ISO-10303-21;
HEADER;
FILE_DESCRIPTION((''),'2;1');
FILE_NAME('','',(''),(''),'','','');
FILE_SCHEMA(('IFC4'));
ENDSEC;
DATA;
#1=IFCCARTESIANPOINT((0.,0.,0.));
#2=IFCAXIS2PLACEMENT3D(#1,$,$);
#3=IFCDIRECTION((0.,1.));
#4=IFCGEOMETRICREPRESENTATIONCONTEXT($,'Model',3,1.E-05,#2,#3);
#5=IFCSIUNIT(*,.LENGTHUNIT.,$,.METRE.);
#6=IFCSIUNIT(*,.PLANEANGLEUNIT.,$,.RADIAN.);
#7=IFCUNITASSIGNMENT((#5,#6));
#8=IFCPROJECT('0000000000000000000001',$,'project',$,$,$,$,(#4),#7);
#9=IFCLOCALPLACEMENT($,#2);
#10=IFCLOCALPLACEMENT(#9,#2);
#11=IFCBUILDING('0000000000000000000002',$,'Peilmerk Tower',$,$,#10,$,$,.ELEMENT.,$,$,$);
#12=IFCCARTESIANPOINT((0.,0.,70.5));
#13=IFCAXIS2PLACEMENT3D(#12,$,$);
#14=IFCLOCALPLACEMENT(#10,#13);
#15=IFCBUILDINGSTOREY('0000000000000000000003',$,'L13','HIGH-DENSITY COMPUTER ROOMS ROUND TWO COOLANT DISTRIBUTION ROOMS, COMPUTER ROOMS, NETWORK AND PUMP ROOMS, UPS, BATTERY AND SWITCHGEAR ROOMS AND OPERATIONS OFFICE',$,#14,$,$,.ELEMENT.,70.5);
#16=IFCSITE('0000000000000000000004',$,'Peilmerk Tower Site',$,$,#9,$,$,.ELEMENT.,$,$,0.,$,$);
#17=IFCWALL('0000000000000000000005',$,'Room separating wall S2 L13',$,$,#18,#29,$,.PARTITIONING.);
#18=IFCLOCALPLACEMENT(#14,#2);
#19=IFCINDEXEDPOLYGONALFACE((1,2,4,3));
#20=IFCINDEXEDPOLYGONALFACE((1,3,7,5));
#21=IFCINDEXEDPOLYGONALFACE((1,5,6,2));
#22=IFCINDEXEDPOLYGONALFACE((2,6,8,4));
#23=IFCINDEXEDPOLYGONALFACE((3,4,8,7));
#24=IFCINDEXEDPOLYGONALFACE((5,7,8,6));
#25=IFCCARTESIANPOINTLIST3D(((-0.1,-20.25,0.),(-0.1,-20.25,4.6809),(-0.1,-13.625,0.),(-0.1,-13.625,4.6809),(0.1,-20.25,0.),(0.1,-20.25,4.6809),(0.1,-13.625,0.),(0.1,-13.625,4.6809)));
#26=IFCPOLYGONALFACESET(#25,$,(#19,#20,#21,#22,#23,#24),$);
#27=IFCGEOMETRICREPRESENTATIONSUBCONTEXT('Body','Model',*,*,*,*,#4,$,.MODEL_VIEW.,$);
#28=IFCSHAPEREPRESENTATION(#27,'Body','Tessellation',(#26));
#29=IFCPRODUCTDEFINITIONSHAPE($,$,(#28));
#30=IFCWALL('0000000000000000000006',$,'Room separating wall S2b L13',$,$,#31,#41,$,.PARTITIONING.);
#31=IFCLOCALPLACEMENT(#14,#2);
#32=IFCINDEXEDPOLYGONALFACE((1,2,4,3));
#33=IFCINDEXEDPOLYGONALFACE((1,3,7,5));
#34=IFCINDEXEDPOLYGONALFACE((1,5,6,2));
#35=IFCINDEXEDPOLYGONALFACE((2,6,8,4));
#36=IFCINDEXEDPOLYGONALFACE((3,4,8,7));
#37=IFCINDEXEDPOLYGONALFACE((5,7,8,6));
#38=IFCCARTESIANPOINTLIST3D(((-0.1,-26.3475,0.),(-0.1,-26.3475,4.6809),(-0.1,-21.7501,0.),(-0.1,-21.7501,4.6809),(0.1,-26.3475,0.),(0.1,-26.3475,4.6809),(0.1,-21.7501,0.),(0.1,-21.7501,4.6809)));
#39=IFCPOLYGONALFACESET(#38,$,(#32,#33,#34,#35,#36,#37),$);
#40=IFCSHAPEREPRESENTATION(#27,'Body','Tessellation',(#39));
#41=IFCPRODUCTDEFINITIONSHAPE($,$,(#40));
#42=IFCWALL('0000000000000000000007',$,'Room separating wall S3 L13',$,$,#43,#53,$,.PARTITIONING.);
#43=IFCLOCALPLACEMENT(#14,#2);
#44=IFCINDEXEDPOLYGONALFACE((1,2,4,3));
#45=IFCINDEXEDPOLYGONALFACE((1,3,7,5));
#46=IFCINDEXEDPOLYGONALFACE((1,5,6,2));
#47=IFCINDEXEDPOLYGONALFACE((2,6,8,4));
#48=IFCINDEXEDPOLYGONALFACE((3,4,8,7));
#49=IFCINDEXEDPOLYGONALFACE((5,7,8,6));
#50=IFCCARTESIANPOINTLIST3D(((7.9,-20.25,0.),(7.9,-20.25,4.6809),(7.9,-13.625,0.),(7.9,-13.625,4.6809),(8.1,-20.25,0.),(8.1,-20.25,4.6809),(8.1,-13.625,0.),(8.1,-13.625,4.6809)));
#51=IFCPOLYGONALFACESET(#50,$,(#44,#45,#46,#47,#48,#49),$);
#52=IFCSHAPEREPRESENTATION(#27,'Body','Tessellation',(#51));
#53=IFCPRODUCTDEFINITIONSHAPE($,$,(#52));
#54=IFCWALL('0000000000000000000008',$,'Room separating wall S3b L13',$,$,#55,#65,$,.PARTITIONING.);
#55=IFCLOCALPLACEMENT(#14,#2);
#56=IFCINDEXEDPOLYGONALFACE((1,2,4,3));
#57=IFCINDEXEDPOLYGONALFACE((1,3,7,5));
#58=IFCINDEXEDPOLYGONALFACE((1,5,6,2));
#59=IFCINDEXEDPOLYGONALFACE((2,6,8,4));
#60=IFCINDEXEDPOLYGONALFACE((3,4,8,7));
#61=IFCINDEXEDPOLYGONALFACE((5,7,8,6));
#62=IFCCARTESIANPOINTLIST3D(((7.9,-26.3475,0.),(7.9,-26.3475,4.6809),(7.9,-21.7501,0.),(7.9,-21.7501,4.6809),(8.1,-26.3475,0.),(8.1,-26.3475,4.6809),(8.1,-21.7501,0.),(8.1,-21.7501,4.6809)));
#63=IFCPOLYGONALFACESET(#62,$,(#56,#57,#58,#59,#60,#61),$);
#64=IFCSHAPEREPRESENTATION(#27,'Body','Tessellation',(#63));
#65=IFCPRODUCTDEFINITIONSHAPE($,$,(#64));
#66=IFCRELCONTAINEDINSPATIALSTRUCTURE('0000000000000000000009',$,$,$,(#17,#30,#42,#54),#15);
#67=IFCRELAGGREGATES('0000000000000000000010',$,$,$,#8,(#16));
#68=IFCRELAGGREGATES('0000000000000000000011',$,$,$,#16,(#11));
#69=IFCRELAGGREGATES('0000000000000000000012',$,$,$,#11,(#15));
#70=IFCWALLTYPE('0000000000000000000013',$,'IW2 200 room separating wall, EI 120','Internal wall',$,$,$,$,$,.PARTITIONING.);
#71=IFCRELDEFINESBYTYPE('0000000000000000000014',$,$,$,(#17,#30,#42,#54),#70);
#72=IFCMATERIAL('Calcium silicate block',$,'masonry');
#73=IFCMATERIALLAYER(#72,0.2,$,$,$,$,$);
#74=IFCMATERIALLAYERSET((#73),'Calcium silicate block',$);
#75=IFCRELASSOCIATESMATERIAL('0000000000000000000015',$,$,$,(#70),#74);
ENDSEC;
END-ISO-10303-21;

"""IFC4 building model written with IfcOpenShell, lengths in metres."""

from ifc_helpers import new_model, si_unit, direction, frame, frame_2d, origin, place, context, subcontext, project, spatial, rectangle, extrude, material, layer, layer_set, type_object, element, save


model = new_model("IFC4")

# Units and contexts
model_context = context("Model", 3, precision=1e-05, world=origin(), true_north=direction((0.0, 1.0)))
body_context = subcontext(model_context, "Body", "Model", "MODEL_VIEW")
ifc_project = project(units=[si_unit("LENGTHUNIT", "METRE"), si_unit("PLANEANGLEUNIT", "RADIAN")], contexts=[model_context])

# Site, building, storey
site_placement = place(None, origin())
site = spatial("IfcSite", under=ifc_project, at=site_placement, Name="Peilmerk Tower Site", CompositionType="ELEMENT", RefElevation=0.0)
building_placement = place(site_placement, origin())
building = spatial("IfcBuilding", under=site, at=building_placement, Name="Peilmerk Tower", CompositionType="ELEMENT")
storey_placement = place(building_placement, frame((0.0, 0.0, 70.5)))
storey = spatial("IfcBuildingStorey", under=building, at=storey_placement, Name="L13", Description="HIGH-DENSITY COMPUTER ROOMS ROUND TWO COOLANT DISTRIBUTION ROOMS, COMPUTER ROOMS, NETWORK AND PUMP ROOMS, UPS, BATTERY AND SWITCHGEAR ROOMS AND OPERATIONS OFFICE", CompositionType="ELEMENT", Elevation=70.5)

# Walls
ifc_material_1 = material(Name="Calcium silicate block", Category="masonry")
ifc_layer = layer(ifc_material_1, 0.2)
ifc_layer_set = layer_set([ifc_layer], Name="Calcium silicate block")
wall_type = type_object("IfcWallType", Name="IW2 200 room separating wall, EI 120", Description="Internal wall", PredefinedType="PARTITIONING", material=ifc_layer_set)
wall_1_placement = place(storey_placement, frame((0.0, -13.625, 0.0), z_axis=(0.0, 0.0, 1.0), x_axis=(0.0, -1.0, 0.0)))
element("IfcWall", 1, at=wall_1_placement, inside=storey, type_object=wall_type, Name="Room separating wall S2 L13", PredefinedType="PARTITIONING", context=body_context, shape_type="SweptSolid", body=[
    extrude(rectangle(XDim=6.625, YDim=0.2, at=frame_2d((3.3125, 0.0))), origin(), (0.0, 0.0, 1.0), 4.6809),
])
wall_2_placement = place(storey_placement, frame((0.0, -21.75, 0.0), z_axis=(0.0, 0.0, 1.0), x_axis=(0.0, -1.0, 0.0)))
element("IfcWall", 2, at=wall_2_placement, inside=storey, type_object=wall_type, Name="Room separating wall S2b L13", PredefinedType="PARTITIONING", context=body_context, shape_type="SweptSolid", body=[
    extrude(rectangle(XDim=4.5974, YDim=0.2, at=frame_2d((2.2988, 0.0))), origin(), (0.0, 0.0, 1.0), 4.6809),
])
wall_3_placement = place(storey_placement, frame((8.0, -13.625, 0.0), z_axis=(0.0, 0.0, 1.0), x_axis=(0.0, -1.0, 0.0)))
element("IfcWall", 3, at=wall_3_placement, inside=storey, type_object=wall_type, Name="Room separating wall S3 L13", PredefinedType="PARTITIONING", context=body_context, shape_type="SweptSolid", body=[
    extrude(rectangle(XDim=6.625, YDim=0.2, at=frame_2d((3.3125, 0.0))), origin(), (0.0, 0.0, 1.0), 4.6809),
])
wall_4_placement = place(storey_placement, frame((8.0, -21.75, 0.0), z_axis=(0.0, 0.0, 1.0), x_axis=(0.0, -1.0, 0.0)))
element("IfcWall", 4, at=wall_4_placement, inside=storey, type_object=wall_type, Name="Room separating wall S3b L13", PredefinedType="PARTITIONING", context=body_context, shape_type="SweptSolid", body=[
    extrude(rectangle(XDim=4.5974, YDim=0.2, at=frame_2d((2.2988, 0.0))), origin(), (0.0, 0.0, 1.0), 4.6809),
])

save(model, "model.ifc")
